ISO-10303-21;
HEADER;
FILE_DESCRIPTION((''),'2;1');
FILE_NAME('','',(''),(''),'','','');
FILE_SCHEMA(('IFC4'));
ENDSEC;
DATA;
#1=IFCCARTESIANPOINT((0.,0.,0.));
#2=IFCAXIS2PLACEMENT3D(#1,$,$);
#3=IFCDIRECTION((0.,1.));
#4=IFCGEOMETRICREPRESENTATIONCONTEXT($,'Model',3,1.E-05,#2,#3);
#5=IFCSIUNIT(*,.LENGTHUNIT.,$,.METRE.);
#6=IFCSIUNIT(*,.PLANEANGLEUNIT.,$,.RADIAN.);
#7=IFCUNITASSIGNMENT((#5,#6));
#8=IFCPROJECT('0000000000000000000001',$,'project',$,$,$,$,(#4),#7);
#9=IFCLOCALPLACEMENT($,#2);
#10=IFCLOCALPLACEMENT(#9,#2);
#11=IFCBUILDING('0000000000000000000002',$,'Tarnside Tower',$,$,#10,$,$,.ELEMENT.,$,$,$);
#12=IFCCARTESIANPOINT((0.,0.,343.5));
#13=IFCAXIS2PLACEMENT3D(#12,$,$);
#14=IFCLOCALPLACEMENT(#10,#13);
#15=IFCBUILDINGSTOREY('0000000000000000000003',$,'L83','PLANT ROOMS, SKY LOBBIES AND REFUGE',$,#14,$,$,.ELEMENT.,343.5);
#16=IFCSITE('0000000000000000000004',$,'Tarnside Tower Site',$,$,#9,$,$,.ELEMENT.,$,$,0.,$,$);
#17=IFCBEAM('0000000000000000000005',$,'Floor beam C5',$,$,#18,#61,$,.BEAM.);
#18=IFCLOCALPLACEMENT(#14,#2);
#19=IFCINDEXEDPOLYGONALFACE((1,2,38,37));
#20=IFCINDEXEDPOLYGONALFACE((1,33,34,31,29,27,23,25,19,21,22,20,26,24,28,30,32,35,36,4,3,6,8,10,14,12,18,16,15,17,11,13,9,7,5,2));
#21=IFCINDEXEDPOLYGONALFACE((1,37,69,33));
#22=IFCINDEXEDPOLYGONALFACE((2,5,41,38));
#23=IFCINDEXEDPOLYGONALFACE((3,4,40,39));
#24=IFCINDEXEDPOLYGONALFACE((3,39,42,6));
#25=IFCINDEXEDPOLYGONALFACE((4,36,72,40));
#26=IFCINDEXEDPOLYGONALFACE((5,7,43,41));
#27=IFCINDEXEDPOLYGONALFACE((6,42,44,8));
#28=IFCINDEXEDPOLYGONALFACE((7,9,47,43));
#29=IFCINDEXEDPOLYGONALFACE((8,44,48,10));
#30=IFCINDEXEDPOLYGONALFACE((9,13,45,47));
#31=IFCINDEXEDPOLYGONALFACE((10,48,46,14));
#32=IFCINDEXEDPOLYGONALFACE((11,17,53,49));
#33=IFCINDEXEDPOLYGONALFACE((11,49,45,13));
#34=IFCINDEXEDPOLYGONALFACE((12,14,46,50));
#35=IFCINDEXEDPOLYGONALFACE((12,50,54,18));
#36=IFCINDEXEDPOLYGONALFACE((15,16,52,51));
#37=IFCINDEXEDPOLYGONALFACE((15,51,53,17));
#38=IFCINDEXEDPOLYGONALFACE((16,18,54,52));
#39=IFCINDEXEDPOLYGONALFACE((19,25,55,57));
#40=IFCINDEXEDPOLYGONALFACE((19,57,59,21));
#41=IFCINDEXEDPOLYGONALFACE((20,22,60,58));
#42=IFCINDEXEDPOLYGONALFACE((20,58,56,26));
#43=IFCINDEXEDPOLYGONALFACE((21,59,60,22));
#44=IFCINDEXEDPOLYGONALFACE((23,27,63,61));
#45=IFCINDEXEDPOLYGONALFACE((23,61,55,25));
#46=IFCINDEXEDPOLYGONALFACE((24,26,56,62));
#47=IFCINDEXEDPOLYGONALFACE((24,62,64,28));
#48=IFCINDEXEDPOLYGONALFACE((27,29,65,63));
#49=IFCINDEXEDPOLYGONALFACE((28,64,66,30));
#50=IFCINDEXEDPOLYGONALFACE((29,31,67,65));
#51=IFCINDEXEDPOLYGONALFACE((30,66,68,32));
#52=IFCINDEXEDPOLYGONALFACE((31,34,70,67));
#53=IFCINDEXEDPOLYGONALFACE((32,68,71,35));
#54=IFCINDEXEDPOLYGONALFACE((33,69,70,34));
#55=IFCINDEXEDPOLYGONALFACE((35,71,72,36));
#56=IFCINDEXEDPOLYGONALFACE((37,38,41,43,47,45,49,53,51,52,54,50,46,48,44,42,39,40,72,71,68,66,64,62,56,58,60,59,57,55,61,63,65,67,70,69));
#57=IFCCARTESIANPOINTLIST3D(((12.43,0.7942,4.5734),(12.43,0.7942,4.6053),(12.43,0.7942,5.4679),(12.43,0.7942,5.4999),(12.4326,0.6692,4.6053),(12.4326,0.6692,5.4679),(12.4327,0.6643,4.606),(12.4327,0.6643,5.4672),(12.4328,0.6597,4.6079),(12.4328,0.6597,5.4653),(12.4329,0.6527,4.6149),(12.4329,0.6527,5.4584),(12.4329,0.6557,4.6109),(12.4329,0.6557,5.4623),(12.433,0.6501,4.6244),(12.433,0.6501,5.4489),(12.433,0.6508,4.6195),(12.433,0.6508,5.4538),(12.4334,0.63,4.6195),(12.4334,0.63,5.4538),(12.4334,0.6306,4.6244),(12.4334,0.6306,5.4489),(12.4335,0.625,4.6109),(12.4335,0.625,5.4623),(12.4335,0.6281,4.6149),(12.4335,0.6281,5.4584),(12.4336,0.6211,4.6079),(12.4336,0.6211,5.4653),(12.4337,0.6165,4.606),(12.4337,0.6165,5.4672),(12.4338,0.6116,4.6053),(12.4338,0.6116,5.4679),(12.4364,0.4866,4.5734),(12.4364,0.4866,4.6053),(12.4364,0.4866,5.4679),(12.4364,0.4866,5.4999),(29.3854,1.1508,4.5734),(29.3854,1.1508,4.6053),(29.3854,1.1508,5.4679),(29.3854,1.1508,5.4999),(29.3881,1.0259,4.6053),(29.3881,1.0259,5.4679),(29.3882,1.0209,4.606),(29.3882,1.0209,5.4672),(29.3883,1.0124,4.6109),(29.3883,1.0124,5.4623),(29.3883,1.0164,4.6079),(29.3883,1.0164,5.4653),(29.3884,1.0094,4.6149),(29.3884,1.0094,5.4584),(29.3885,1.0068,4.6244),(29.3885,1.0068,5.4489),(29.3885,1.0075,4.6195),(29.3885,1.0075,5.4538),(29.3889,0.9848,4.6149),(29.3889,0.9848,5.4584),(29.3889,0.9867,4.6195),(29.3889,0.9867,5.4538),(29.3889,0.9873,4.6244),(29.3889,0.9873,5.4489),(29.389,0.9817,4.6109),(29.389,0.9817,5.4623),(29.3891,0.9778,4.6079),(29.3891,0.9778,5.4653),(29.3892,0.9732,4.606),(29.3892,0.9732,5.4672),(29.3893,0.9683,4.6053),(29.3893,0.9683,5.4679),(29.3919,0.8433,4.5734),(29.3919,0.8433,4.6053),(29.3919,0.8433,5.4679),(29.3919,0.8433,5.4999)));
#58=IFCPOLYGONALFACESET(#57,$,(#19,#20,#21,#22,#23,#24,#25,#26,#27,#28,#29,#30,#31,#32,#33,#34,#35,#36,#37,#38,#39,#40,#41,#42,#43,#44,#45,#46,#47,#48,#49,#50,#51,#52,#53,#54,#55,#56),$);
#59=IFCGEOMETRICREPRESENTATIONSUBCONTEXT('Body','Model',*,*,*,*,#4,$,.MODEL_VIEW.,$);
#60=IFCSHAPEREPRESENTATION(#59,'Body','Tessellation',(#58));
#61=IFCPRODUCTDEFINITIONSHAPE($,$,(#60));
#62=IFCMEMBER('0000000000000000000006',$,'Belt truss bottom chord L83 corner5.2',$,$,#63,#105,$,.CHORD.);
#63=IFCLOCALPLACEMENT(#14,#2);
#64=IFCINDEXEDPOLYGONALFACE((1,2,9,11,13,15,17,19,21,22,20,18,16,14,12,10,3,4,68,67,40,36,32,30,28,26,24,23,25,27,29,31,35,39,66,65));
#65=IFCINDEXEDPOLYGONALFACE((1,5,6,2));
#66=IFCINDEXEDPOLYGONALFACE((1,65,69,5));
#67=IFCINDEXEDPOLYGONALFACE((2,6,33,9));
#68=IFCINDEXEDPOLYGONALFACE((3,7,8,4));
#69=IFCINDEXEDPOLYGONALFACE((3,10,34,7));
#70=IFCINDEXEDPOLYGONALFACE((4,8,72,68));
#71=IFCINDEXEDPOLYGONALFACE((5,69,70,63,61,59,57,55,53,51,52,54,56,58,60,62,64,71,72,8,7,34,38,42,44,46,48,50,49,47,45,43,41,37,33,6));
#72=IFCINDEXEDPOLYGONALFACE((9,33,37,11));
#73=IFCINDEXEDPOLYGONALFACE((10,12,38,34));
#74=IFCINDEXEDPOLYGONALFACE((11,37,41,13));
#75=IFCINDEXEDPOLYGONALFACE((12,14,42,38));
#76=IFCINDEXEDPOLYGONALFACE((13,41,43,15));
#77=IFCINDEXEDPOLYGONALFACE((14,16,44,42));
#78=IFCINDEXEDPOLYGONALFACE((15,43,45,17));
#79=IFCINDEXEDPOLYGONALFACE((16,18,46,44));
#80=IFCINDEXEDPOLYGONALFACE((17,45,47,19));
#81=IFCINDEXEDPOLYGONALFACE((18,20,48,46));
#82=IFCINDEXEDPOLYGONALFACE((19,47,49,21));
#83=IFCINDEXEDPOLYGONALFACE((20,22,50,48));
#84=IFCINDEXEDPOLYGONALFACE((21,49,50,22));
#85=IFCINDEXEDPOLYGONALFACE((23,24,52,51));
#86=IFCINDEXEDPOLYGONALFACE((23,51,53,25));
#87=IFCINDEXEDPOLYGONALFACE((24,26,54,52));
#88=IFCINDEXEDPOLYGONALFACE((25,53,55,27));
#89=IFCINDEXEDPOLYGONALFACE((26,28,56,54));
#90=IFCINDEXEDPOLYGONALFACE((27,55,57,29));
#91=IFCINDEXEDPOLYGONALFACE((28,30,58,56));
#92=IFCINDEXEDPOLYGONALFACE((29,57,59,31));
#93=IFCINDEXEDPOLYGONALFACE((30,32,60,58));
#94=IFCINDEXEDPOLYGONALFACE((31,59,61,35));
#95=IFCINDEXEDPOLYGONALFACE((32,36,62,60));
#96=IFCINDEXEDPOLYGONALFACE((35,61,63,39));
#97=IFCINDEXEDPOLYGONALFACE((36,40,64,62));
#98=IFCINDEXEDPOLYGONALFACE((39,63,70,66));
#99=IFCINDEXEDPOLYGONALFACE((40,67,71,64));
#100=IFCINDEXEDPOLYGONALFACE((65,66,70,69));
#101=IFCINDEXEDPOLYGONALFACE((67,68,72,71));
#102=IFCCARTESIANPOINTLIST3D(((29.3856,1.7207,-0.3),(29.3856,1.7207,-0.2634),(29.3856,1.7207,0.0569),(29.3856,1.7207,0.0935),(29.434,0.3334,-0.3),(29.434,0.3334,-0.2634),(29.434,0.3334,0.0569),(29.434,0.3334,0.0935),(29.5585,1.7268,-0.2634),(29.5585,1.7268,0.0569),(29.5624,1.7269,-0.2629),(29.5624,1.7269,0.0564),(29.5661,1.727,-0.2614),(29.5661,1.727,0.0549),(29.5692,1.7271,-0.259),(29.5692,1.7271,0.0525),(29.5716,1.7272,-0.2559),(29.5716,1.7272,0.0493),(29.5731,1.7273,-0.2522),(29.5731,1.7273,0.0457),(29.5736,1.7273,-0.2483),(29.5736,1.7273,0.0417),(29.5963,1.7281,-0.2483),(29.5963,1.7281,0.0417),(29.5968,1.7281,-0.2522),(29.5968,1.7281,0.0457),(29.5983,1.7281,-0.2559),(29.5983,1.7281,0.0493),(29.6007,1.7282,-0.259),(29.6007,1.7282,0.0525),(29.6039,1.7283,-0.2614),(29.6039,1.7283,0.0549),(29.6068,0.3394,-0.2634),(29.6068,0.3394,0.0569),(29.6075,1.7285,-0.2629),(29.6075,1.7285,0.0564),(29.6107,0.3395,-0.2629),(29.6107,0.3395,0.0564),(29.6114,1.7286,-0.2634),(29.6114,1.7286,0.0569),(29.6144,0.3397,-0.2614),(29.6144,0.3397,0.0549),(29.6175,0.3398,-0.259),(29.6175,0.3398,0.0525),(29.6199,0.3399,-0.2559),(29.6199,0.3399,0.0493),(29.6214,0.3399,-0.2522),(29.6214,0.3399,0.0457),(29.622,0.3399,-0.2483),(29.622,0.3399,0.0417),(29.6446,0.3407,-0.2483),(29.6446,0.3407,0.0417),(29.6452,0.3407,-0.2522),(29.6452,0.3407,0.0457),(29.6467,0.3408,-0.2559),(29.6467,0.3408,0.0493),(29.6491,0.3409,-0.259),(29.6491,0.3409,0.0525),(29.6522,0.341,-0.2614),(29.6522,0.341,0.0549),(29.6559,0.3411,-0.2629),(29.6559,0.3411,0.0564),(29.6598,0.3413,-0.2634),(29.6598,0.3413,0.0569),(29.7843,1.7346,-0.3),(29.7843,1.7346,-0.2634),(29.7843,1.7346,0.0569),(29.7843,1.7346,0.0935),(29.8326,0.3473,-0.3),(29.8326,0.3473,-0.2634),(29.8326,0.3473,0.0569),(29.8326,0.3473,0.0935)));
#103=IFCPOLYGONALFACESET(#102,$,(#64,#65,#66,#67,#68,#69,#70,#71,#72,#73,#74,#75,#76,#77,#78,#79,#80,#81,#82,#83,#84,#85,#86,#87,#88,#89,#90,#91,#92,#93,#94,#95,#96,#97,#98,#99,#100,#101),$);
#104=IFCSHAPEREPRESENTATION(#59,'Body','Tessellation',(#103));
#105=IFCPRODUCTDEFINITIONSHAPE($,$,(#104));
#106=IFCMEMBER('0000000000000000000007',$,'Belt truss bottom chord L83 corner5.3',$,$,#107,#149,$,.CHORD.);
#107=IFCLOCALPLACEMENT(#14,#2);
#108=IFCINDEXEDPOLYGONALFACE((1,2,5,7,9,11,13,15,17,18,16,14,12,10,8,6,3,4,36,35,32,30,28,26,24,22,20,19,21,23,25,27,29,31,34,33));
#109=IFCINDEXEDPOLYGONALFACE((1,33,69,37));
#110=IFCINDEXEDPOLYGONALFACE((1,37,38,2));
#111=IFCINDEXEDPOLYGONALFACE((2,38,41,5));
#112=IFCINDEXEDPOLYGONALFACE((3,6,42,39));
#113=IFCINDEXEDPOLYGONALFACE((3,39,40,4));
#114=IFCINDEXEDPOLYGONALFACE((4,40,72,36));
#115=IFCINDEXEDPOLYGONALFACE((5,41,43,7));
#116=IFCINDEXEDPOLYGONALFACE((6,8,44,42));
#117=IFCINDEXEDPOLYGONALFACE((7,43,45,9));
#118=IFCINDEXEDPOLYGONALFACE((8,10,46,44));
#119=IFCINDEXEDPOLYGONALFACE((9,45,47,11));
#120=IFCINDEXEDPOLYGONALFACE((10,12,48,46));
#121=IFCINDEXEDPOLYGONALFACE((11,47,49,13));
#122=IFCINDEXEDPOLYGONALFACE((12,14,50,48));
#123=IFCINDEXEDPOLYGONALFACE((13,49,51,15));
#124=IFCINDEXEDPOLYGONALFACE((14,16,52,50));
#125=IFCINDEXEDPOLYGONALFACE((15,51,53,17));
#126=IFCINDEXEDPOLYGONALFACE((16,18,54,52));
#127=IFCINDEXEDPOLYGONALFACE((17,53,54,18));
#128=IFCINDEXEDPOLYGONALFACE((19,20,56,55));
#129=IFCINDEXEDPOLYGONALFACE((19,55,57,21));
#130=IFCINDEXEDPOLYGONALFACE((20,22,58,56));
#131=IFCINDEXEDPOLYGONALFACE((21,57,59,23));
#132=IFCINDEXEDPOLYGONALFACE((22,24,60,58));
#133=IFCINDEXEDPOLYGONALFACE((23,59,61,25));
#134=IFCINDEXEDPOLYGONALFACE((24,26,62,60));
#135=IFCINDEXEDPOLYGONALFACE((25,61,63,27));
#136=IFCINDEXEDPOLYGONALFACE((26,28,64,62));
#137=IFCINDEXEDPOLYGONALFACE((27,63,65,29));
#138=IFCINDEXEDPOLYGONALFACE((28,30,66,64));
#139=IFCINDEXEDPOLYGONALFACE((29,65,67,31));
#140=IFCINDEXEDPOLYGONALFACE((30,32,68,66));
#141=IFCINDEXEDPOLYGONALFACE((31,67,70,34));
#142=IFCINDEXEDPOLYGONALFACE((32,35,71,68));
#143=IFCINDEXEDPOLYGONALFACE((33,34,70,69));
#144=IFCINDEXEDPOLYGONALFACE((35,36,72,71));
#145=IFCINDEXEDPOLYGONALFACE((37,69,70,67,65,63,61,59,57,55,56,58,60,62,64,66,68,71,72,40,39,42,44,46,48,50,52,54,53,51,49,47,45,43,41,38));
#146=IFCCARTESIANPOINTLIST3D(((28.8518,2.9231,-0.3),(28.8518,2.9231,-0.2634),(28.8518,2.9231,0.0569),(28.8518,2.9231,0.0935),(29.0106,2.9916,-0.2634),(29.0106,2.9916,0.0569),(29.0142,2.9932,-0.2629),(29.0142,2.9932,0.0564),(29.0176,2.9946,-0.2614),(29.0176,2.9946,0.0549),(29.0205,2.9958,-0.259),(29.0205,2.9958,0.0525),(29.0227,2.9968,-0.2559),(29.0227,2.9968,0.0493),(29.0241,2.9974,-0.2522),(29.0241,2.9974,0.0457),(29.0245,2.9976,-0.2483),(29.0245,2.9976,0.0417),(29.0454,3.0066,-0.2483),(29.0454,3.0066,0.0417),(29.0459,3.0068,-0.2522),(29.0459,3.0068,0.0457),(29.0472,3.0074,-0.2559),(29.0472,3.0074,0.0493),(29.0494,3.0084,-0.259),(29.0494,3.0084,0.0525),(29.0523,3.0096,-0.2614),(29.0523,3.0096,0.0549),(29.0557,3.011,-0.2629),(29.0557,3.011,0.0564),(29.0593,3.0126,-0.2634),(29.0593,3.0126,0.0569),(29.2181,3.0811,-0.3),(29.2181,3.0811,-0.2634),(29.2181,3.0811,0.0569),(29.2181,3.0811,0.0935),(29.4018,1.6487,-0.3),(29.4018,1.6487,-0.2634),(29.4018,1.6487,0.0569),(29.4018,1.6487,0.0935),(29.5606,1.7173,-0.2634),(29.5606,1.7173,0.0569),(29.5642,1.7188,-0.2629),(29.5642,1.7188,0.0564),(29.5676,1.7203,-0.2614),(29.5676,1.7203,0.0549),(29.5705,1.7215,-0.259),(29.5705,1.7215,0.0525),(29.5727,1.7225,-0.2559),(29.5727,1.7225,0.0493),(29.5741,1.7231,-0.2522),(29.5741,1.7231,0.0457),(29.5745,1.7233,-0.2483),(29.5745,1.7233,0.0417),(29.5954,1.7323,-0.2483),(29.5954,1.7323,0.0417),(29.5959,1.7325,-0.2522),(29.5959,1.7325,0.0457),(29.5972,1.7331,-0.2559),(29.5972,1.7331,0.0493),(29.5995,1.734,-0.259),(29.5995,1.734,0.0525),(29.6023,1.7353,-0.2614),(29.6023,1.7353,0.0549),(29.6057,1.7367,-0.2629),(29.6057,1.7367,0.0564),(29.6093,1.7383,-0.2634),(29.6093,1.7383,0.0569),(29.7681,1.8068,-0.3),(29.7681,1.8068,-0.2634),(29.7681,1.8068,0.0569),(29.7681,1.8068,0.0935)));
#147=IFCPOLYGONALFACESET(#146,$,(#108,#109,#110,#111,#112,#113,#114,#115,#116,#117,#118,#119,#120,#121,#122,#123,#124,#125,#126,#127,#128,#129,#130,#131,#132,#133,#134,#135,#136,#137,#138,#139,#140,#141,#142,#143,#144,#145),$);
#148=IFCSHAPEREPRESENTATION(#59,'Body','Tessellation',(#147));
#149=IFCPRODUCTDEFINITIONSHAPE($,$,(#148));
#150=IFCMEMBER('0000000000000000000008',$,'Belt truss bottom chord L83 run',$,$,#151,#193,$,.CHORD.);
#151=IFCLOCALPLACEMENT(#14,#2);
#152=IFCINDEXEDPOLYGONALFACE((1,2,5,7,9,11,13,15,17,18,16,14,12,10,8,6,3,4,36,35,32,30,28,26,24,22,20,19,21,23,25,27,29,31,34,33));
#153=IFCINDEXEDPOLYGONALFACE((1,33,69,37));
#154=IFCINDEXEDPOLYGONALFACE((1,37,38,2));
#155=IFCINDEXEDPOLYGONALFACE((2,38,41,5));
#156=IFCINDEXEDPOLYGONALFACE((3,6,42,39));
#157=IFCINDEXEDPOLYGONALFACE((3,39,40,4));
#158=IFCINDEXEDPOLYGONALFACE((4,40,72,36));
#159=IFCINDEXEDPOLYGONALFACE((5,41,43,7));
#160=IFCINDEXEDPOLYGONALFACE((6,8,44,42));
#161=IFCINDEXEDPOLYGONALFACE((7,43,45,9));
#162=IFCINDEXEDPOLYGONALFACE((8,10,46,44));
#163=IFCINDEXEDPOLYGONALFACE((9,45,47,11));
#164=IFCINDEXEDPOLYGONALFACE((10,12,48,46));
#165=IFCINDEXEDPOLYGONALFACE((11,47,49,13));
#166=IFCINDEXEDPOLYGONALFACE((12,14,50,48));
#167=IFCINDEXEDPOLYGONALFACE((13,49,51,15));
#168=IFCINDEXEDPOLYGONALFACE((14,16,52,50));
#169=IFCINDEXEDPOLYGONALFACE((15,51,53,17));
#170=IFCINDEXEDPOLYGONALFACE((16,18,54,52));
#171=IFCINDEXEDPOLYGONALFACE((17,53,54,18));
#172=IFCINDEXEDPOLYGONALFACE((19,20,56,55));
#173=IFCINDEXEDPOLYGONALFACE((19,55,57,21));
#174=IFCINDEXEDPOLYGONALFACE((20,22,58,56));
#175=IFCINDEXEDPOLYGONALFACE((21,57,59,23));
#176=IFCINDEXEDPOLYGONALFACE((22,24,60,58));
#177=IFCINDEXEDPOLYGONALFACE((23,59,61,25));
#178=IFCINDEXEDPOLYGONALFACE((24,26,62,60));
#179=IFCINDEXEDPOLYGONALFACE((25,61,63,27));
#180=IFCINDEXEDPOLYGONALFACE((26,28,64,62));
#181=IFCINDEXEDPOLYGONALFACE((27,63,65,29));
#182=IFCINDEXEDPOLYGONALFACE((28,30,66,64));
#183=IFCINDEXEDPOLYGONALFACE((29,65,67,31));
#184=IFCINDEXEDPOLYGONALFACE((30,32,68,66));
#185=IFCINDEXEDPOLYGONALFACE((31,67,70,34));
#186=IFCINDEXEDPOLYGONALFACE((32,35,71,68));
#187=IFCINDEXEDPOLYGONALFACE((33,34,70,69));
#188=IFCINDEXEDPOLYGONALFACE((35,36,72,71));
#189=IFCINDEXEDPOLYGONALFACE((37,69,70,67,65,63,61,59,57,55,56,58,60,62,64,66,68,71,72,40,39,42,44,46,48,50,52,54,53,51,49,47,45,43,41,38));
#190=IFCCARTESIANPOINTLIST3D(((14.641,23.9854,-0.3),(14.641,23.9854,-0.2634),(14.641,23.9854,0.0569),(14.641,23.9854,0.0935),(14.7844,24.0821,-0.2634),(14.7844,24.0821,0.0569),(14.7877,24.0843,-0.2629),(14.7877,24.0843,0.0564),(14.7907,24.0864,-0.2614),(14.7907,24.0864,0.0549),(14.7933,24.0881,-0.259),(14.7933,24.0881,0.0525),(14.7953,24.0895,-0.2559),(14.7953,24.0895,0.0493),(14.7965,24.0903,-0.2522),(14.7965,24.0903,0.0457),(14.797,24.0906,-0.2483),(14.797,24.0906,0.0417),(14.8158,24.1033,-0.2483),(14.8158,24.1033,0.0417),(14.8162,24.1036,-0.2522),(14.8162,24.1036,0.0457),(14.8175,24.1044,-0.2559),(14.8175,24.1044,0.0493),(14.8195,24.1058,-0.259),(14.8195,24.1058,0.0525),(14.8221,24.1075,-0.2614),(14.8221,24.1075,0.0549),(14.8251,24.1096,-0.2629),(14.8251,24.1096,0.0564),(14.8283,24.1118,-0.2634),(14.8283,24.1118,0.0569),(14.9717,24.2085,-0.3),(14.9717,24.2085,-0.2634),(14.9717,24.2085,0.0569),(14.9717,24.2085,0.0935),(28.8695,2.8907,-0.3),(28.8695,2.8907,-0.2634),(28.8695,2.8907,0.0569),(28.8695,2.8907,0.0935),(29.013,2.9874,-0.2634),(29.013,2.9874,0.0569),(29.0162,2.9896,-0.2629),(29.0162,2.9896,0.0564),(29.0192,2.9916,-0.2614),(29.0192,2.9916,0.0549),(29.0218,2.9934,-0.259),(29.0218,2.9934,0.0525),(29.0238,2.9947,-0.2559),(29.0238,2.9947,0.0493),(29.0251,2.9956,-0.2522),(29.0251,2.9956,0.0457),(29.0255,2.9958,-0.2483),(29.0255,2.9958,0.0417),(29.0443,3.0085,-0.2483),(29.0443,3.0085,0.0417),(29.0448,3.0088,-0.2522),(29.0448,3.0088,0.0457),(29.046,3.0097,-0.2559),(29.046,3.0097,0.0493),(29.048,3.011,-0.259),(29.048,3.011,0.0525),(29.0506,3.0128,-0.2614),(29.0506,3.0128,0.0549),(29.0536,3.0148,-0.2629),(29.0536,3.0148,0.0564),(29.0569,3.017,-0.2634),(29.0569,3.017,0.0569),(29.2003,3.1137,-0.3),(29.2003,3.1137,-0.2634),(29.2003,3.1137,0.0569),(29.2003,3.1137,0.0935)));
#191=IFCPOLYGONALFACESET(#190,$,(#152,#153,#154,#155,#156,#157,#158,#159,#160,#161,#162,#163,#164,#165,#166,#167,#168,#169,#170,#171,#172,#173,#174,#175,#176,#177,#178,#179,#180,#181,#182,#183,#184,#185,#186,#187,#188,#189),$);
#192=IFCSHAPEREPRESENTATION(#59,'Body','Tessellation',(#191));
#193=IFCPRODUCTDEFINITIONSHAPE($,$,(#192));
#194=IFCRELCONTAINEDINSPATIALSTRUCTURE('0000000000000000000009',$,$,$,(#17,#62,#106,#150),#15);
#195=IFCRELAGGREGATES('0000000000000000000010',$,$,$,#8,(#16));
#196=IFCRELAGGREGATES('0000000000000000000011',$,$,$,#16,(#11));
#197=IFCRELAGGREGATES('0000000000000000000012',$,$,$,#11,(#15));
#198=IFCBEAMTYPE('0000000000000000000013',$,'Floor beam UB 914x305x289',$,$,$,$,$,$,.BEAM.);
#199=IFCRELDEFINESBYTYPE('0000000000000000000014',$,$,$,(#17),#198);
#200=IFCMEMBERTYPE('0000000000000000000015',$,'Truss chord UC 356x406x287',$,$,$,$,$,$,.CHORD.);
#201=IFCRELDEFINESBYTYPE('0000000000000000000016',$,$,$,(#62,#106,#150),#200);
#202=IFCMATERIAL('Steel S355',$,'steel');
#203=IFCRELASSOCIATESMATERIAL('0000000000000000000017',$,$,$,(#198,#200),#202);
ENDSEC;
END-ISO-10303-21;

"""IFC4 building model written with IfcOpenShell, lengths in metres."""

from ifc_helpers import new_model, si_unit, direction, frame, origin, origin_2d, place, context, subcontext, project, spatial, i_section, extrude, material, material_profile, profile_set, type_object, element, save


model = new_model("IFC4")

# Units and contexts
model_context = context("Model", 3, precision=1e-05, world=origin(), true_north=direction((0.0, 1.0)))
body_context = subcontext(model_context, "Body", "Model", "MODEL_VIEW")
ifc_project = project(units=[si_unit("LENGTHUNIT", "METRE"), si_unit("PLANEANGLEUNIT", "RADIAN")], contexts=[model_context])

# Site, building, storey
site_placement = place(None, origin())
site = spatial("IfcSite", under=ifc_project, at=site_placement, Name="Tarnside Tower Site", CompositionType="ELEMENT", RefElevation=0.0)
building_placement = place(site_placement, origin())
building = spatial("IfcBuilding", under=site, at=building_placement, Name="Tarnside Tower", CompositionType="ELEMENT")
storey_placement = place(building_placement, frame((0.0, 0.0, 343.5)))
storey = spatial("IfcBuildingStorey", under=building, at=storey_placement, Name="L83", Description="PLANT ROOMS, SKY LOBBIES AND REFUGE", CompositionType="ELEMENT", Elevation=343.5)

# Beam
ifc_material_1 = material(Name="Steel S355", Category="steel")
ifc_material_profile_1 = material_profile(ifc_material_1, i_section(OverallWidth=0.3076, OverallDepth=0.9265, WebThickness=0.0195, FlangeThickness=0.032, FilletRadius=0.019, at=origin_2d()), Name="UB 914x305x289")
ifc_profile_set_1 = profile_set([ifc_material_profile_1], Name="Steel S355")
beam_type = type_object("IfcBeamType", Name="Floor beam UB 914x305x289", PredefinedType="BEAM", material=ifc_profile_set_1)
beam_placement = place(storey_placement, frame((29.3887, 0.9971, 5.0366), z_axis=(-0.999779, -0.021032, 0.0), x_axis=(0.021032, -0.999779, 0.0)))
element("IfcBeam", 1, at=beam_placement, inside=storey, type_object=beam_type, Name="Floor beam C5", PredefinedType="BEAM", context=body_context, shape_type="SweptSolid", body=[
    extrude(i_section(OverallWidth=0.3076, OverallDepth=0.9265, WebThickness=0.0195, FlangeThickness=0.032, FilletRadius=0.019, at=origin_2d()), origin(), (0.0, 0.0, 1.0), 16.9592),
])

# Members
ifc_material_profile_2 = material_profile(ifc_material_1, i_section(OverallWidth=0.3989, OverallDepth=0.3936, WebThickness=0.0227, FlangeThickness=0.0366, FilletRadius=0.0151, at=origin_2d()), Name="UC 356x406x287")
ifc_profile_set_2 = profile_set([ifc_material_profile_2], Name="Steel S355")
member_type_1 = type_object("IfcMemberType", Name="Truss chord UC 356x406x287", PredefinedType="CHORD", material=ifc_profile_set_2)
member_1_placement = place(storey_placement, frame((29.6333, 0.3403, -0.1033), z_axis=(-0.03482, 0.999394, 0.0), x_axis=(-0.999394, -0.03482, 0.0)))
element("IfcMember", 2, at=member_1_placement, inside=storey, type_object=member_type_1, Name="Belt truss bottom chord L83 corner5.2", PredefinedType="CHORD", context=body_context, shape_type="SweptSolid", body=[
    extrude(i_section(OverallWidth=0.3989, OverallDepth=0.3936, WebThickness=0.0227, FlangeThickness=0.0366, FilletRadius=0.0151, at=origin_2d()), origin(), (0.0, 0.0, 1.0), 1.3882),
])
member_2_placement = place(storey_placement, frame((29.585, 1.7278, -0.1033), z_axis=(-0.396274, 0.918132, 0.0), x_axis=(-0.918132, -0.396274, 0.0)))
element("IfcMember", 3, at=member_2_placement, inside=storey, type_object=member_type_1, Name="Belt truss bottom chord L83 corner5.3", PredefinedType="CHORD", context=body_context, shape_type="SweptSolid", body=[
    extrude(i_section(OverallWidth=0.3989, OverallDepth=0.3936, WebThickness=0.0227, FlangeThickness=0.0366, FilletRadius=0.0151, at=origin_2d()), origin(), (0.0, 0.0, 1.0), 1.3879),
])
member_3_placement = place(storey_placement, frame((29.0349, 3.0022, -0.1033), z_axis=(-0.559191, 0.829039, 0.0), x_axis=(-0.829039, -0.559191, 0.0)))
element("IfcMember", 4, at=member_3_placement, inside=storey, type_object=member_type_1, Name="Belt truss bottom chord L83 run", PredefinedType="CHORD", context=body_context, shape_type="SweptSolid", body=[
    extrude(i_section(OverallWidth=0.3989, OverallDepth=0.3936, WebThickness=0.0227, FlangeThickness=0.0366, FilletRadius=0.0151, at=origin_2d()), origin(), (0.0, 0.0, 1.0), 25.4448),
])

save(model, "model.ifc")
